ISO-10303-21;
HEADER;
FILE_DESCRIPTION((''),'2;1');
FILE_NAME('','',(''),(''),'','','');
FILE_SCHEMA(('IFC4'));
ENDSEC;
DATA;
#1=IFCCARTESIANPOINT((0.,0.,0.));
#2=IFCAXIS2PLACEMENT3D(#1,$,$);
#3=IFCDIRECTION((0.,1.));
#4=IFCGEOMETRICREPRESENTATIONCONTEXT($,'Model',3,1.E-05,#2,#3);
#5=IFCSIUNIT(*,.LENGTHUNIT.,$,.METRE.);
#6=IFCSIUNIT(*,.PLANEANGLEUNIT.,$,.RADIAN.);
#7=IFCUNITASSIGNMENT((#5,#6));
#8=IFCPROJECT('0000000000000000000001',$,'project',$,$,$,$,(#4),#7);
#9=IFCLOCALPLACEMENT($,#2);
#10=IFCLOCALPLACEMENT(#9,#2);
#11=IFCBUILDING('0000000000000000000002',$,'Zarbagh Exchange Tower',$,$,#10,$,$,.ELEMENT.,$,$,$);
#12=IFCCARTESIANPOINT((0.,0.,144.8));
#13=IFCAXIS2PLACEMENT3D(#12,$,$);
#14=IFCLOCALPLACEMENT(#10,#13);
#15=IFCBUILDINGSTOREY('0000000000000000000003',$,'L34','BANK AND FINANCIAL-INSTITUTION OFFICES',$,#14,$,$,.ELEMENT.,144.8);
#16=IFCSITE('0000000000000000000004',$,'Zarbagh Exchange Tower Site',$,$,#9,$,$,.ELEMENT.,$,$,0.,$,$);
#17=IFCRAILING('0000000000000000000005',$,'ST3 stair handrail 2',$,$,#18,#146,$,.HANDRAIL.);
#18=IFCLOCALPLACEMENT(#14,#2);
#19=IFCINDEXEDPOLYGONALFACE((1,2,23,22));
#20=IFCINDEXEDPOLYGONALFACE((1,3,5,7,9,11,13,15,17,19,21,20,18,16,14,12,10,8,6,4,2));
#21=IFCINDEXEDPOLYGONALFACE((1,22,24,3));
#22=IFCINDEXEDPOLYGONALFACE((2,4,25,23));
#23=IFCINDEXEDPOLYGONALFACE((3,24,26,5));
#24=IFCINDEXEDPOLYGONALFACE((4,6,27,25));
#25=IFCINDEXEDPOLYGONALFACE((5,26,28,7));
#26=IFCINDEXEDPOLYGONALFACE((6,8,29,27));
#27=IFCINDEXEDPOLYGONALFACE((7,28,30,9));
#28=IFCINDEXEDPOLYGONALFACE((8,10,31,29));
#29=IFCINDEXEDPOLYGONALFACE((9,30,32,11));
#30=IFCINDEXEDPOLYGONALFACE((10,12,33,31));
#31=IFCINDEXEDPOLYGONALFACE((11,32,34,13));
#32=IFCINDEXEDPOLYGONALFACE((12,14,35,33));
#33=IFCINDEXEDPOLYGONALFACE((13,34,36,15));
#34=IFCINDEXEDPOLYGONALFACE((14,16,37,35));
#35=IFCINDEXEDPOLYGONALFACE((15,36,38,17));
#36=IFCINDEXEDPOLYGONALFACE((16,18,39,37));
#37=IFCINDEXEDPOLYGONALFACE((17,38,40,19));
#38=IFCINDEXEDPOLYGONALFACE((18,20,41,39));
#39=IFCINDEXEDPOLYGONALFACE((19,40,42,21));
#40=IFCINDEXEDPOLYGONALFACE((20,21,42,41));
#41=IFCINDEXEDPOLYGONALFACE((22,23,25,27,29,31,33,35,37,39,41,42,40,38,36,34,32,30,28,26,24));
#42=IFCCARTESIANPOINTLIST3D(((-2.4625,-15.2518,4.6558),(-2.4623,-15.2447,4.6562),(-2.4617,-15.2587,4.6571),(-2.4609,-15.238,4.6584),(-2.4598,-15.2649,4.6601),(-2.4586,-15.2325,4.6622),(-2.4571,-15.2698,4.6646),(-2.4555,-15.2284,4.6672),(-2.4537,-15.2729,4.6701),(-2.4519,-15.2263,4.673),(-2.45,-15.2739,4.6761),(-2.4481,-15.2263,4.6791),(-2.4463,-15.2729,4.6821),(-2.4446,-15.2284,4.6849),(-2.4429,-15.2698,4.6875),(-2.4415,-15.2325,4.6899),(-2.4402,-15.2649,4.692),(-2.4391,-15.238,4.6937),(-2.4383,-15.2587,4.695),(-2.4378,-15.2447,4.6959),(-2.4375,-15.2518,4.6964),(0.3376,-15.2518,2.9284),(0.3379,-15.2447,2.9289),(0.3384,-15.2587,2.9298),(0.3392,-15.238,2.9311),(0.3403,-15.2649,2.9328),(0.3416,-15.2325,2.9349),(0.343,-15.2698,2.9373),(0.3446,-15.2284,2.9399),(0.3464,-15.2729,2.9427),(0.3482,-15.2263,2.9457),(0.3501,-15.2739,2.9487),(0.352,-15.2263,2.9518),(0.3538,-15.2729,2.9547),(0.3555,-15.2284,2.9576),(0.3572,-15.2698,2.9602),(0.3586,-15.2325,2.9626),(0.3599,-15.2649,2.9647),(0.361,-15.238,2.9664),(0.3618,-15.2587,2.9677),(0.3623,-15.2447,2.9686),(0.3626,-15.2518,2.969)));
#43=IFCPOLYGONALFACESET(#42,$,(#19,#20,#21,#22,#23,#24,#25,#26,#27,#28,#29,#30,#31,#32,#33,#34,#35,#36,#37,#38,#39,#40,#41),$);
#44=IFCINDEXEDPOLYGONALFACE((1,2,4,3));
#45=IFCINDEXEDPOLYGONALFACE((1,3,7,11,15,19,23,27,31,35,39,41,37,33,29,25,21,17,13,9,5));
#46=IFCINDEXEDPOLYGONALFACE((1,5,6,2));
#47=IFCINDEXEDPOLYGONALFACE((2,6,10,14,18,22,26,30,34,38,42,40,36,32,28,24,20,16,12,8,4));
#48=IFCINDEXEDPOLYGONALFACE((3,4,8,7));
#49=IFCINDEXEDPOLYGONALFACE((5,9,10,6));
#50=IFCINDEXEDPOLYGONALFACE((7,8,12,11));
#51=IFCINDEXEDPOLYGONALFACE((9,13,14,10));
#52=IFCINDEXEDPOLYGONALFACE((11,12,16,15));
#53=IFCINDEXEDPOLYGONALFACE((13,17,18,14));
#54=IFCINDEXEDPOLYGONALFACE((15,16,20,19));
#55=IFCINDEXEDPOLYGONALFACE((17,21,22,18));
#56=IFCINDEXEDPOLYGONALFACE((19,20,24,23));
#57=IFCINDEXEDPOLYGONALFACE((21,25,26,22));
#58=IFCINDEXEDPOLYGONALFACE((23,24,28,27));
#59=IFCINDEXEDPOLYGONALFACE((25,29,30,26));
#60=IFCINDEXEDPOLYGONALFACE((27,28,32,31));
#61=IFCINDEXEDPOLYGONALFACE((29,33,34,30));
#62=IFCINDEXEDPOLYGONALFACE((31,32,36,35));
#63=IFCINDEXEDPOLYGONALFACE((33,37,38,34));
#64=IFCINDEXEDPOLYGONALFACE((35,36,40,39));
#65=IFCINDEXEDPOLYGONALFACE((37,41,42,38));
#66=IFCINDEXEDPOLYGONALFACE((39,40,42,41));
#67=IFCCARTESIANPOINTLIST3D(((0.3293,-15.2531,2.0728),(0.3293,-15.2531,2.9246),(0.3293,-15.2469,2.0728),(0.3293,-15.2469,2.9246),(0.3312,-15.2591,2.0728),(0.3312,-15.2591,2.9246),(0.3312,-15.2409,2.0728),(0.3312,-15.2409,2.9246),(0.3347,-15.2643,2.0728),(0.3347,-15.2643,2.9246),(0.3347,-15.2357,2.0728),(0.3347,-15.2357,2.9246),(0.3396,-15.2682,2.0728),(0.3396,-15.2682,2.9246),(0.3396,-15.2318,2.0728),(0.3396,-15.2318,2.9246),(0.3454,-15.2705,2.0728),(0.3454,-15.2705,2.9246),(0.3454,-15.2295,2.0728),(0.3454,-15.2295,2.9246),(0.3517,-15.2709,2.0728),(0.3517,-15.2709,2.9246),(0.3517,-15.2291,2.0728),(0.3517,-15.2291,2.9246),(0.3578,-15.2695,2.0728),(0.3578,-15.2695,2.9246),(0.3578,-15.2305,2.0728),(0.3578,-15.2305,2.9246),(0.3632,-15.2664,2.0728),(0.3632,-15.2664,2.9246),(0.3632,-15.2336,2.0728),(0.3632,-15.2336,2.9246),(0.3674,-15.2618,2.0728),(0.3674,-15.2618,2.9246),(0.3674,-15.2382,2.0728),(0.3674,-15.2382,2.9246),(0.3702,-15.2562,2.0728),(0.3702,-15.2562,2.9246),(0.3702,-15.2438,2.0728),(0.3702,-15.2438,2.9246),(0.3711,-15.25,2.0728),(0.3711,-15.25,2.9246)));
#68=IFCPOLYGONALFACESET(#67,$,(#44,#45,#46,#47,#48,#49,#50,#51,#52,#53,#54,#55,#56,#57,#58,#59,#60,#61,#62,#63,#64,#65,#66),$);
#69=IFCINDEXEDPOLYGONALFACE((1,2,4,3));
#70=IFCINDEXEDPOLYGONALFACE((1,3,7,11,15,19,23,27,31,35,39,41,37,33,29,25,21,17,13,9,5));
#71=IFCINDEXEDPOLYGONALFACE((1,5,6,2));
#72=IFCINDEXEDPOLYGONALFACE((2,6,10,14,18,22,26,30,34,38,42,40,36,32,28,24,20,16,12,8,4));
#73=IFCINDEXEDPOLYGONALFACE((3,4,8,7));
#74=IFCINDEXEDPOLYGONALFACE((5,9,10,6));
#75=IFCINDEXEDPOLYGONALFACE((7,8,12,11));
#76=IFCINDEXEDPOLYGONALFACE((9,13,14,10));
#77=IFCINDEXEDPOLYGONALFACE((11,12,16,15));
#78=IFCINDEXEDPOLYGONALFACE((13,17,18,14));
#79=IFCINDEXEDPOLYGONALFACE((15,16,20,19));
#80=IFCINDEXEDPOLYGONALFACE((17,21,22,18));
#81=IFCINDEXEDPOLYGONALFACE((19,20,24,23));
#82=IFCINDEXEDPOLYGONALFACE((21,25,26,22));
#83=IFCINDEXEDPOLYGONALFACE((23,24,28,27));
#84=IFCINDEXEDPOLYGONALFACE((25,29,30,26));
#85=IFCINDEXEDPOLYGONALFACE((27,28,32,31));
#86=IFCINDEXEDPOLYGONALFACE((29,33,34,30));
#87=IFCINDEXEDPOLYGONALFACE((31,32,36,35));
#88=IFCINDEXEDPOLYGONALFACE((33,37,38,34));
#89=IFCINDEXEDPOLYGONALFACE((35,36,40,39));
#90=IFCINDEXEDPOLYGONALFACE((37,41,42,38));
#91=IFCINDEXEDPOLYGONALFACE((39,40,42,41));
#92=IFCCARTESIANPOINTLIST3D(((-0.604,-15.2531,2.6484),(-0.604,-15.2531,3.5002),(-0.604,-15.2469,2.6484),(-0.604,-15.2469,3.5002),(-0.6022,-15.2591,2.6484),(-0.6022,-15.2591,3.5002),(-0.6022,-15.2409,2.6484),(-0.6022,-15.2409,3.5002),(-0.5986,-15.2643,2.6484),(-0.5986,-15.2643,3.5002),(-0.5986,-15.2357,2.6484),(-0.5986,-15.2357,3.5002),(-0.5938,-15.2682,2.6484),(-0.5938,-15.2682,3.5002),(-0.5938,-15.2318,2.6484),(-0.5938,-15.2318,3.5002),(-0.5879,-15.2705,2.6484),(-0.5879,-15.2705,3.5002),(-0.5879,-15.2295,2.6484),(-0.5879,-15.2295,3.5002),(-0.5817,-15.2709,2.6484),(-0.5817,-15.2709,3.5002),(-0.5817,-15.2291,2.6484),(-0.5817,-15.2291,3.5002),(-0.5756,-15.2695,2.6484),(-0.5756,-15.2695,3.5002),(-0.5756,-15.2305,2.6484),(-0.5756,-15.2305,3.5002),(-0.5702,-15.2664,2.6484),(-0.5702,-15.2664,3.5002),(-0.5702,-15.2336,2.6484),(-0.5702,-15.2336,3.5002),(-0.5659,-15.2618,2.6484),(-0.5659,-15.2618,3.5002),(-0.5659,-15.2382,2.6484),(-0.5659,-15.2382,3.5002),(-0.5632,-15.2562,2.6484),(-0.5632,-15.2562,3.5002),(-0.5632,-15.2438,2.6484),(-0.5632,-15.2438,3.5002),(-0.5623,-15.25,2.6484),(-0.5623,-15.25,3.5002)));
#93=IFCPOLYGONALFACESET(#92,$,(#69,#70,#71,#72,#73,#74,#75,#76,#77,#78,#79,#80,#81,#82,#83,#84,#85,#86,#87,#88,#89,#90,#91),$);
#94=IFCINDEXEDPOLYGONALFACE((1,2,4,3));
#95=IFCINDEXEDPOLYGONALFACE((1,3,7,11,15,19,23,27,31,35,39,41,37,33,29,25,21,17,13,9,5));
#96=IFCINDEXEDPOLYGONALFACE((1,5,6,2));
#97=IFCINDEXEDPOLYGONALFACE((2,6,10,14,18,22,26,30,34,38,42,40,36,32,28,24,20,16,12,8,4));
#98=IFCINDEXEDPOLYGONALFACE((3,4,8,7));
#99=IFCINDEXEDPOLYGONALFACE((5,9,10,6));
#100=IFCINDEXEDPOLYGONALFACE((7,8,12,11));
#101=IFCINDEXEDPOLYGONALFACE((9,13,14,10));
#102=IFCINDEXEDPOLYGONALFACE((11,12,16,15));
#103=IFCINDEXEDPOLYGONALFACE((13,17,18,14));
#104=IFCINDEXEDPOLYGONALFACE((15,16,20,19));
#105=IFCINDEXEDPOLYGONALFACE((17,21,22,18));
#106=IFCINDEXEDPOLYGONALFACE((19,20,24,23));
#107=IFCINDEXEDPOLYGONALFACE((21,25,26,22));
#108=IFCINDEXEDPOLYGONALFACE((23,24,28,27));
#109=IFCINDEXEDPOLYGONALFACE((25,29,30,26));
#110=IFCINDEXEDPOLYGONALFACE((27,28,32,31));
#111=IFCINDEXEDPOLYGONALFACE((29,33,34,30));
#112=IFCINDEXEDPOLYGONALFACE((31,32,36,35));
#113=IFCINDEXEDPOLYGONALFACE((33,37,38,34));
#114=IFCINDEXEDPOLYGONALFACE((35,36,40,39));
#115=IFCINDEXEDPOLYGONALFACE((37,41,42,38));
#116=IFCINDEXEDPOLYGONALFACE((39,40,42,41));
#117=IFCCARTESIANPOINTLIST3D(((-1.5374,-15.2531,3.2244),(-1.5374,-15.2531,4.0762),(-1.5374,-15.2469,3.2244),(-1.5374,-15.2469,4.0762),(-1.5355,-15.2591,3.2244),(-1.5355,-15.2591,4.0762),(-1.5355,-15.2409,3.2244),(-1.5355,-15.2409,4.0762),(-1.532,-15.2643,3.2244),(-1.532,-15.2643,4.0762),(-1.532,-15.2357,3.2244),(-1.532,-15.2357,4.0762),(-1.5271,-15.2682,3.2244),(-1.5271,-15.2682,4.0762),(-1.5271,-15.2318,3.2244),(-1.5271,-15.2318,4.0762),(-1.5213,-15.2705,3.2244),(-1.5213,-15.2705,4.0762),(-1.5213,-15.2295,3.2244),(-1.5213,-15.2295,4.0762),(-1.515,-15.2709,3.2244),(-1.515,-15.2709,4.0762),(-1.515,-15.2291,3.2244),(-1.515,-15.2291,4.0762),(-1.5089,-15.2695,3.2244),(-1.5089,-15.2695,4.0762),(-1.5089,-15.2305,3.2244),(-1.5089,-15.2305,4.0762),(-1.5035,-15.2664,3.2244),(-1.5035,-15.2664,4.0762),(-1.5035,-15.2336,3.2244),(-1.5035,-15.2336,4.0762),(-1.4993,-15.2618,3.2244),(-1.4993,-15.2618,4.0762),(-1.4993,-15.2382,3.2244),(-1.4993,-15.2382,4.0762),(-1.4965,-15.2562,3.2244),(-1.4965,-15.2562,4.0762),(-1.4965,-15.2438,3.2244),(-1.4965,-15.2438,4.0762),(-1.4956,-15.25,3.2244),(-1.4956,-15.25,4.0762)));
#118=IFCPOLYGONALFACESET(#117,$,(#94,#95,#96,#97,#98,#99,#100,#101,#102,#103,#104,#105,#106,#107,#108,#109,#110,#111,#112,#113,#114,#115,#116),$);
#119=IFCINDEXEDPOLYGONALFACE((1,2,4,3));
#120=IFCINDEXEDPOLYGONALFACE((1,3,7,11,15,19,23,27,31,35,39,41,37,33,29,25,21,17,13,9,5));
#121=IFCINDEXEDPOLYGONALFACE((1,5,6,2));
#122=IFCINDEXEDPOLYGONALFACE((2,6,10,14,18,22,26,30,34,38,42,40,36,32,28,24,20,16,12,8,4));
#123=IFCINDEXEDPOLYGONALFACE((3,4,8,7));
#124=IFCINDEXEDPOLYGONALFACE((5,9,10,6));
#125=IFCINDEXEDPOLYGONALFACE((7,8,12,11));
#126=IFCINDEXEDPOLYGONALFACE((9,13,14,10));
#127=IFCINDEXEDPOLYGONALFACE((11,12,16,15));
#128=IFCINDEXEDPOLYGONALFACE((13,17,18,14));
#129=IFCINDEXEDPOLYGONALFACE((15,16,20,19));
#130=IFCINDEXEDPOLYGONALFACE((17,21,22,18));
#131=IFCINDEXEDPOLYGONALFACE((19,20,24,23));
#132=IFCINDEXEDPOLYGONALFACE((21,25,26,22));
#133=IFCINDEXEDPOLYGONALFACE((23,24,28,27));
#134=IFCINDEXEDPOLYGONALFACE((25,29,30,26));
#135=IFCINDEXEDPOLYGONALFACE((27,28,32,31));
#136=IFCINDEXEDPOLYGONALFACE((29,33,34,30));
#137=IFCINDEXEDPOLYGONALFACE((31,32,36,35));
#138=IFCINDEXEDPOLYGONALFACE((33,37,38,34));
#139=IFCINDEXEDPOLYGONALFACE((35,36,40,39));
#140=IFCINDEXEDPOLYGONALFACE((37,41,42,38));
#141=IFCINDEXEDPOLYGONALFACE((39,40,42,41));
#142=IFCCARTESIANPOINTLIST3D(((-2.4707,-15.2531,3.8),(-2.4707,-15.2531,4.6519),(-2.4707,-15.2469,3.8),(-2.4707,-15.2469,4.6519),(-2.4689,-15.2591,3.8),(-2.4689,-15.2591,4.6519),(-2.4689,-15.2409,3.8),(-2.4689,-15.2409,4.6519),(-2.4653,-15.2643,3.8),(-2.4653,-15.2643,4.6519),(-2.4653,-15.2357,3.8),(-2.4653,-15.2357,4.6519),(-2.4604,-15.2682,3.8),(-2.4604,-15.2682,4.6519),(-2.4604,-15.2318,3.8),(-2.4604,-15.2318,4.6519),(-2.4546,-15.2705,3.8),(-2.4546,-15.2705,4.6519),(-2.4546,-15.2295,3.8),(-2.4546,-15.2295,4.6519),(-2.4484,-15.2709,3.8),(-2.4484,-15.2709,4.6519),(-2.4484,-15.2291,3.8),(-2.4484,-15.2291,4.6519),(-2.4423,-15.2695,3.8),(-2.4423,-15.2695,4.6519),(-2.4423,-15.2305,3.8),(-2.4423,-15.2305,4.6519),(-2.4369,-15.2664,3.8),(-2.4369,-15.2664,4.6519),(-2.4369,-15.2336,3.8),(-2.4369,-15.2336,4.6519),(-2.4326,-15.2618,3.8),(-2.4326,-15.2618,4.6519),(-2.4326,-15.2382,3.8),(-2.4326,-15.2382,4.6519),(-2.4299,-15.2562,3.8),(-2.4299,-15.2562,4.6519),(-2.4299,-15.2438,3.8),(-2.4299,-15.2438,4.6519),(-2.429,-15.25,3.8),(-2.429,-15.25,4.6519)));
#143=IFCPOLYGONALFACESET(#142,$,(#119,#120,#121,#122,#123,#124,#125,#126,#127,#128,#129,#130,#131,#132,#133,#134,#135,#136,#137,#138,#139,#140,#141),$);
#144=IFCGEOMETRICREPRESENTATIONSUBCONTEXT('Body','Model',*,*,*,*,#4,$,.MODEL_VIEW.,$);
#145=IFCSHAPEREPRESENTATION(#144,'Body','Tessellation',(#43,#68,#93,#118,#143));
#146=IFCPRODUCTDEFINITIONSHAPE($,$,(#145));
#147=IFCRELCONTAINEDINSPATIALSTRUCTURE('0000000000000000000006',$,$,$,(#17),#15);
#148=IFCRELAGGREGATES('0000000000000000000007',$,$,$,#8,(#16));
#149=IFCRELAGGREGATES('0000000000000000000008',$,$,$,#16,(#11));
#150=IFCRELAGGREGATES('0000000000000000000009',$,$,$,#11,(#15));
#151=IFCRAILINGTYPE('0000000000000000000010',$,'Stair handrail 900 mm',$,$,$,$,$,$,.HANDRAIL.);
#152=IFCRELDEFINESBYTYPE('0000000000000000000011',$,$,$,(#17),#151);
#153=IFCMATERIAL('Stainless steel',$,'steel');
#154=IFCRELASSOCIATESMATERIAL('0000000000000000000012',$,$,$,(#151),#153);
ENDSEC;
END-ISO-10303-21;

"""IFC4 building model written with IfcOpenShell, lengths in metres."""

from ifc_helpers import new_model, si_unit, direction, frame, origin, origin_2d, place, context, subcontext, project, spatial, circle, extrude, material, type_object, element, save


model = new_model("IFC4")

# Units and contexts
model_context = context("Model", 3, precision=1e-05, world=origin(), true_north=direction((0.0, 1.0)))
body_context = subcontext(model_context, "Body", "Model", "MODEL_VIEW")
ifc_project = project(units=[si_unit("LENGTHUNIT", "METRE"), si_unit("PLANEANGLEUNIT", "RADIAN")], contexts=[model_context])

# Site, building, storey
site_placement = place(None, origin())
site = spatial("IfcSite", under=ifc_project, at=site_placement, Name="Zarbagh Exchange Tower Site", CompositionType="ELEMENT", RefElevation=0.0)
building_placement = place(site_placement, origin())
building = spatial("IfcBuilding", under=site, at=building_placement, Name="Zarbagh Exchange Tower", CompositionType="ELEMENT")
storey_placement = place(building_placement, frame((0.0, 0.0, 144.8)))
storey = spatial("IfcBuildingStorey", under=building, at=storey_placement, Name="L34", Description="BANK AND FINANCIAL-INSTITUTION OFFICES", CompositionType="ELEMENT", Elevation=144.8)

# Shared definitions
ifc_material_1 = material(Name="Stainless steel", Category="steel")

# Railing
railing_type_1 = type_object("IfcRailingType", Name="Stair handrail 900 mm", PredefinedType="HANDRAIL", material=ifc_material_1)
for number, where, name in (
    (1, (0.3501, -15.25, 2.0728), "ST3 stair handrail 2"),
):
    element("IfcRailing", number, at=place(storey_placement, frame(where)), inside=storey, type_object=railing_type_1, Name=name, PredefinedType="HANDRAIL", context=body_context, shape_type="SweptSolid", body=[
        extrude(circle(Radius=0.0239, at=origin_2d()), frame((0.0, 0.0, 0.876), z_axis=(-0.85109, 0.0, 0.52502), x_axis=(0.0, -1.0, 0.0)), (0.0, 0.0, 1.0), 3.29),
        extrude(circle(Radius=0.021, at=origin_2d()), origin(), (0.0, 0.0, 1.0), 0.8518),
        extrude(circle(Radius=0.021, at=origin_2d()), frame((-0.9333, 0.0, 0.5757)), (0.0, 0.0, 1.0), 0.8518),
        extrude(circle(Radius=0.021, at=origin_2d()), frame((-1.8667, 0.0, 1.1516)), (0.0, 0.0, 1.0), 0.8518),
        extrude(circle(Radius=0.021, at=origin_2d()), frame((-2.8, 0.0, 1.7273)), (0.0, 0.0, 1.0), 0.8518),
    ])

save(model, "model.ifc")
